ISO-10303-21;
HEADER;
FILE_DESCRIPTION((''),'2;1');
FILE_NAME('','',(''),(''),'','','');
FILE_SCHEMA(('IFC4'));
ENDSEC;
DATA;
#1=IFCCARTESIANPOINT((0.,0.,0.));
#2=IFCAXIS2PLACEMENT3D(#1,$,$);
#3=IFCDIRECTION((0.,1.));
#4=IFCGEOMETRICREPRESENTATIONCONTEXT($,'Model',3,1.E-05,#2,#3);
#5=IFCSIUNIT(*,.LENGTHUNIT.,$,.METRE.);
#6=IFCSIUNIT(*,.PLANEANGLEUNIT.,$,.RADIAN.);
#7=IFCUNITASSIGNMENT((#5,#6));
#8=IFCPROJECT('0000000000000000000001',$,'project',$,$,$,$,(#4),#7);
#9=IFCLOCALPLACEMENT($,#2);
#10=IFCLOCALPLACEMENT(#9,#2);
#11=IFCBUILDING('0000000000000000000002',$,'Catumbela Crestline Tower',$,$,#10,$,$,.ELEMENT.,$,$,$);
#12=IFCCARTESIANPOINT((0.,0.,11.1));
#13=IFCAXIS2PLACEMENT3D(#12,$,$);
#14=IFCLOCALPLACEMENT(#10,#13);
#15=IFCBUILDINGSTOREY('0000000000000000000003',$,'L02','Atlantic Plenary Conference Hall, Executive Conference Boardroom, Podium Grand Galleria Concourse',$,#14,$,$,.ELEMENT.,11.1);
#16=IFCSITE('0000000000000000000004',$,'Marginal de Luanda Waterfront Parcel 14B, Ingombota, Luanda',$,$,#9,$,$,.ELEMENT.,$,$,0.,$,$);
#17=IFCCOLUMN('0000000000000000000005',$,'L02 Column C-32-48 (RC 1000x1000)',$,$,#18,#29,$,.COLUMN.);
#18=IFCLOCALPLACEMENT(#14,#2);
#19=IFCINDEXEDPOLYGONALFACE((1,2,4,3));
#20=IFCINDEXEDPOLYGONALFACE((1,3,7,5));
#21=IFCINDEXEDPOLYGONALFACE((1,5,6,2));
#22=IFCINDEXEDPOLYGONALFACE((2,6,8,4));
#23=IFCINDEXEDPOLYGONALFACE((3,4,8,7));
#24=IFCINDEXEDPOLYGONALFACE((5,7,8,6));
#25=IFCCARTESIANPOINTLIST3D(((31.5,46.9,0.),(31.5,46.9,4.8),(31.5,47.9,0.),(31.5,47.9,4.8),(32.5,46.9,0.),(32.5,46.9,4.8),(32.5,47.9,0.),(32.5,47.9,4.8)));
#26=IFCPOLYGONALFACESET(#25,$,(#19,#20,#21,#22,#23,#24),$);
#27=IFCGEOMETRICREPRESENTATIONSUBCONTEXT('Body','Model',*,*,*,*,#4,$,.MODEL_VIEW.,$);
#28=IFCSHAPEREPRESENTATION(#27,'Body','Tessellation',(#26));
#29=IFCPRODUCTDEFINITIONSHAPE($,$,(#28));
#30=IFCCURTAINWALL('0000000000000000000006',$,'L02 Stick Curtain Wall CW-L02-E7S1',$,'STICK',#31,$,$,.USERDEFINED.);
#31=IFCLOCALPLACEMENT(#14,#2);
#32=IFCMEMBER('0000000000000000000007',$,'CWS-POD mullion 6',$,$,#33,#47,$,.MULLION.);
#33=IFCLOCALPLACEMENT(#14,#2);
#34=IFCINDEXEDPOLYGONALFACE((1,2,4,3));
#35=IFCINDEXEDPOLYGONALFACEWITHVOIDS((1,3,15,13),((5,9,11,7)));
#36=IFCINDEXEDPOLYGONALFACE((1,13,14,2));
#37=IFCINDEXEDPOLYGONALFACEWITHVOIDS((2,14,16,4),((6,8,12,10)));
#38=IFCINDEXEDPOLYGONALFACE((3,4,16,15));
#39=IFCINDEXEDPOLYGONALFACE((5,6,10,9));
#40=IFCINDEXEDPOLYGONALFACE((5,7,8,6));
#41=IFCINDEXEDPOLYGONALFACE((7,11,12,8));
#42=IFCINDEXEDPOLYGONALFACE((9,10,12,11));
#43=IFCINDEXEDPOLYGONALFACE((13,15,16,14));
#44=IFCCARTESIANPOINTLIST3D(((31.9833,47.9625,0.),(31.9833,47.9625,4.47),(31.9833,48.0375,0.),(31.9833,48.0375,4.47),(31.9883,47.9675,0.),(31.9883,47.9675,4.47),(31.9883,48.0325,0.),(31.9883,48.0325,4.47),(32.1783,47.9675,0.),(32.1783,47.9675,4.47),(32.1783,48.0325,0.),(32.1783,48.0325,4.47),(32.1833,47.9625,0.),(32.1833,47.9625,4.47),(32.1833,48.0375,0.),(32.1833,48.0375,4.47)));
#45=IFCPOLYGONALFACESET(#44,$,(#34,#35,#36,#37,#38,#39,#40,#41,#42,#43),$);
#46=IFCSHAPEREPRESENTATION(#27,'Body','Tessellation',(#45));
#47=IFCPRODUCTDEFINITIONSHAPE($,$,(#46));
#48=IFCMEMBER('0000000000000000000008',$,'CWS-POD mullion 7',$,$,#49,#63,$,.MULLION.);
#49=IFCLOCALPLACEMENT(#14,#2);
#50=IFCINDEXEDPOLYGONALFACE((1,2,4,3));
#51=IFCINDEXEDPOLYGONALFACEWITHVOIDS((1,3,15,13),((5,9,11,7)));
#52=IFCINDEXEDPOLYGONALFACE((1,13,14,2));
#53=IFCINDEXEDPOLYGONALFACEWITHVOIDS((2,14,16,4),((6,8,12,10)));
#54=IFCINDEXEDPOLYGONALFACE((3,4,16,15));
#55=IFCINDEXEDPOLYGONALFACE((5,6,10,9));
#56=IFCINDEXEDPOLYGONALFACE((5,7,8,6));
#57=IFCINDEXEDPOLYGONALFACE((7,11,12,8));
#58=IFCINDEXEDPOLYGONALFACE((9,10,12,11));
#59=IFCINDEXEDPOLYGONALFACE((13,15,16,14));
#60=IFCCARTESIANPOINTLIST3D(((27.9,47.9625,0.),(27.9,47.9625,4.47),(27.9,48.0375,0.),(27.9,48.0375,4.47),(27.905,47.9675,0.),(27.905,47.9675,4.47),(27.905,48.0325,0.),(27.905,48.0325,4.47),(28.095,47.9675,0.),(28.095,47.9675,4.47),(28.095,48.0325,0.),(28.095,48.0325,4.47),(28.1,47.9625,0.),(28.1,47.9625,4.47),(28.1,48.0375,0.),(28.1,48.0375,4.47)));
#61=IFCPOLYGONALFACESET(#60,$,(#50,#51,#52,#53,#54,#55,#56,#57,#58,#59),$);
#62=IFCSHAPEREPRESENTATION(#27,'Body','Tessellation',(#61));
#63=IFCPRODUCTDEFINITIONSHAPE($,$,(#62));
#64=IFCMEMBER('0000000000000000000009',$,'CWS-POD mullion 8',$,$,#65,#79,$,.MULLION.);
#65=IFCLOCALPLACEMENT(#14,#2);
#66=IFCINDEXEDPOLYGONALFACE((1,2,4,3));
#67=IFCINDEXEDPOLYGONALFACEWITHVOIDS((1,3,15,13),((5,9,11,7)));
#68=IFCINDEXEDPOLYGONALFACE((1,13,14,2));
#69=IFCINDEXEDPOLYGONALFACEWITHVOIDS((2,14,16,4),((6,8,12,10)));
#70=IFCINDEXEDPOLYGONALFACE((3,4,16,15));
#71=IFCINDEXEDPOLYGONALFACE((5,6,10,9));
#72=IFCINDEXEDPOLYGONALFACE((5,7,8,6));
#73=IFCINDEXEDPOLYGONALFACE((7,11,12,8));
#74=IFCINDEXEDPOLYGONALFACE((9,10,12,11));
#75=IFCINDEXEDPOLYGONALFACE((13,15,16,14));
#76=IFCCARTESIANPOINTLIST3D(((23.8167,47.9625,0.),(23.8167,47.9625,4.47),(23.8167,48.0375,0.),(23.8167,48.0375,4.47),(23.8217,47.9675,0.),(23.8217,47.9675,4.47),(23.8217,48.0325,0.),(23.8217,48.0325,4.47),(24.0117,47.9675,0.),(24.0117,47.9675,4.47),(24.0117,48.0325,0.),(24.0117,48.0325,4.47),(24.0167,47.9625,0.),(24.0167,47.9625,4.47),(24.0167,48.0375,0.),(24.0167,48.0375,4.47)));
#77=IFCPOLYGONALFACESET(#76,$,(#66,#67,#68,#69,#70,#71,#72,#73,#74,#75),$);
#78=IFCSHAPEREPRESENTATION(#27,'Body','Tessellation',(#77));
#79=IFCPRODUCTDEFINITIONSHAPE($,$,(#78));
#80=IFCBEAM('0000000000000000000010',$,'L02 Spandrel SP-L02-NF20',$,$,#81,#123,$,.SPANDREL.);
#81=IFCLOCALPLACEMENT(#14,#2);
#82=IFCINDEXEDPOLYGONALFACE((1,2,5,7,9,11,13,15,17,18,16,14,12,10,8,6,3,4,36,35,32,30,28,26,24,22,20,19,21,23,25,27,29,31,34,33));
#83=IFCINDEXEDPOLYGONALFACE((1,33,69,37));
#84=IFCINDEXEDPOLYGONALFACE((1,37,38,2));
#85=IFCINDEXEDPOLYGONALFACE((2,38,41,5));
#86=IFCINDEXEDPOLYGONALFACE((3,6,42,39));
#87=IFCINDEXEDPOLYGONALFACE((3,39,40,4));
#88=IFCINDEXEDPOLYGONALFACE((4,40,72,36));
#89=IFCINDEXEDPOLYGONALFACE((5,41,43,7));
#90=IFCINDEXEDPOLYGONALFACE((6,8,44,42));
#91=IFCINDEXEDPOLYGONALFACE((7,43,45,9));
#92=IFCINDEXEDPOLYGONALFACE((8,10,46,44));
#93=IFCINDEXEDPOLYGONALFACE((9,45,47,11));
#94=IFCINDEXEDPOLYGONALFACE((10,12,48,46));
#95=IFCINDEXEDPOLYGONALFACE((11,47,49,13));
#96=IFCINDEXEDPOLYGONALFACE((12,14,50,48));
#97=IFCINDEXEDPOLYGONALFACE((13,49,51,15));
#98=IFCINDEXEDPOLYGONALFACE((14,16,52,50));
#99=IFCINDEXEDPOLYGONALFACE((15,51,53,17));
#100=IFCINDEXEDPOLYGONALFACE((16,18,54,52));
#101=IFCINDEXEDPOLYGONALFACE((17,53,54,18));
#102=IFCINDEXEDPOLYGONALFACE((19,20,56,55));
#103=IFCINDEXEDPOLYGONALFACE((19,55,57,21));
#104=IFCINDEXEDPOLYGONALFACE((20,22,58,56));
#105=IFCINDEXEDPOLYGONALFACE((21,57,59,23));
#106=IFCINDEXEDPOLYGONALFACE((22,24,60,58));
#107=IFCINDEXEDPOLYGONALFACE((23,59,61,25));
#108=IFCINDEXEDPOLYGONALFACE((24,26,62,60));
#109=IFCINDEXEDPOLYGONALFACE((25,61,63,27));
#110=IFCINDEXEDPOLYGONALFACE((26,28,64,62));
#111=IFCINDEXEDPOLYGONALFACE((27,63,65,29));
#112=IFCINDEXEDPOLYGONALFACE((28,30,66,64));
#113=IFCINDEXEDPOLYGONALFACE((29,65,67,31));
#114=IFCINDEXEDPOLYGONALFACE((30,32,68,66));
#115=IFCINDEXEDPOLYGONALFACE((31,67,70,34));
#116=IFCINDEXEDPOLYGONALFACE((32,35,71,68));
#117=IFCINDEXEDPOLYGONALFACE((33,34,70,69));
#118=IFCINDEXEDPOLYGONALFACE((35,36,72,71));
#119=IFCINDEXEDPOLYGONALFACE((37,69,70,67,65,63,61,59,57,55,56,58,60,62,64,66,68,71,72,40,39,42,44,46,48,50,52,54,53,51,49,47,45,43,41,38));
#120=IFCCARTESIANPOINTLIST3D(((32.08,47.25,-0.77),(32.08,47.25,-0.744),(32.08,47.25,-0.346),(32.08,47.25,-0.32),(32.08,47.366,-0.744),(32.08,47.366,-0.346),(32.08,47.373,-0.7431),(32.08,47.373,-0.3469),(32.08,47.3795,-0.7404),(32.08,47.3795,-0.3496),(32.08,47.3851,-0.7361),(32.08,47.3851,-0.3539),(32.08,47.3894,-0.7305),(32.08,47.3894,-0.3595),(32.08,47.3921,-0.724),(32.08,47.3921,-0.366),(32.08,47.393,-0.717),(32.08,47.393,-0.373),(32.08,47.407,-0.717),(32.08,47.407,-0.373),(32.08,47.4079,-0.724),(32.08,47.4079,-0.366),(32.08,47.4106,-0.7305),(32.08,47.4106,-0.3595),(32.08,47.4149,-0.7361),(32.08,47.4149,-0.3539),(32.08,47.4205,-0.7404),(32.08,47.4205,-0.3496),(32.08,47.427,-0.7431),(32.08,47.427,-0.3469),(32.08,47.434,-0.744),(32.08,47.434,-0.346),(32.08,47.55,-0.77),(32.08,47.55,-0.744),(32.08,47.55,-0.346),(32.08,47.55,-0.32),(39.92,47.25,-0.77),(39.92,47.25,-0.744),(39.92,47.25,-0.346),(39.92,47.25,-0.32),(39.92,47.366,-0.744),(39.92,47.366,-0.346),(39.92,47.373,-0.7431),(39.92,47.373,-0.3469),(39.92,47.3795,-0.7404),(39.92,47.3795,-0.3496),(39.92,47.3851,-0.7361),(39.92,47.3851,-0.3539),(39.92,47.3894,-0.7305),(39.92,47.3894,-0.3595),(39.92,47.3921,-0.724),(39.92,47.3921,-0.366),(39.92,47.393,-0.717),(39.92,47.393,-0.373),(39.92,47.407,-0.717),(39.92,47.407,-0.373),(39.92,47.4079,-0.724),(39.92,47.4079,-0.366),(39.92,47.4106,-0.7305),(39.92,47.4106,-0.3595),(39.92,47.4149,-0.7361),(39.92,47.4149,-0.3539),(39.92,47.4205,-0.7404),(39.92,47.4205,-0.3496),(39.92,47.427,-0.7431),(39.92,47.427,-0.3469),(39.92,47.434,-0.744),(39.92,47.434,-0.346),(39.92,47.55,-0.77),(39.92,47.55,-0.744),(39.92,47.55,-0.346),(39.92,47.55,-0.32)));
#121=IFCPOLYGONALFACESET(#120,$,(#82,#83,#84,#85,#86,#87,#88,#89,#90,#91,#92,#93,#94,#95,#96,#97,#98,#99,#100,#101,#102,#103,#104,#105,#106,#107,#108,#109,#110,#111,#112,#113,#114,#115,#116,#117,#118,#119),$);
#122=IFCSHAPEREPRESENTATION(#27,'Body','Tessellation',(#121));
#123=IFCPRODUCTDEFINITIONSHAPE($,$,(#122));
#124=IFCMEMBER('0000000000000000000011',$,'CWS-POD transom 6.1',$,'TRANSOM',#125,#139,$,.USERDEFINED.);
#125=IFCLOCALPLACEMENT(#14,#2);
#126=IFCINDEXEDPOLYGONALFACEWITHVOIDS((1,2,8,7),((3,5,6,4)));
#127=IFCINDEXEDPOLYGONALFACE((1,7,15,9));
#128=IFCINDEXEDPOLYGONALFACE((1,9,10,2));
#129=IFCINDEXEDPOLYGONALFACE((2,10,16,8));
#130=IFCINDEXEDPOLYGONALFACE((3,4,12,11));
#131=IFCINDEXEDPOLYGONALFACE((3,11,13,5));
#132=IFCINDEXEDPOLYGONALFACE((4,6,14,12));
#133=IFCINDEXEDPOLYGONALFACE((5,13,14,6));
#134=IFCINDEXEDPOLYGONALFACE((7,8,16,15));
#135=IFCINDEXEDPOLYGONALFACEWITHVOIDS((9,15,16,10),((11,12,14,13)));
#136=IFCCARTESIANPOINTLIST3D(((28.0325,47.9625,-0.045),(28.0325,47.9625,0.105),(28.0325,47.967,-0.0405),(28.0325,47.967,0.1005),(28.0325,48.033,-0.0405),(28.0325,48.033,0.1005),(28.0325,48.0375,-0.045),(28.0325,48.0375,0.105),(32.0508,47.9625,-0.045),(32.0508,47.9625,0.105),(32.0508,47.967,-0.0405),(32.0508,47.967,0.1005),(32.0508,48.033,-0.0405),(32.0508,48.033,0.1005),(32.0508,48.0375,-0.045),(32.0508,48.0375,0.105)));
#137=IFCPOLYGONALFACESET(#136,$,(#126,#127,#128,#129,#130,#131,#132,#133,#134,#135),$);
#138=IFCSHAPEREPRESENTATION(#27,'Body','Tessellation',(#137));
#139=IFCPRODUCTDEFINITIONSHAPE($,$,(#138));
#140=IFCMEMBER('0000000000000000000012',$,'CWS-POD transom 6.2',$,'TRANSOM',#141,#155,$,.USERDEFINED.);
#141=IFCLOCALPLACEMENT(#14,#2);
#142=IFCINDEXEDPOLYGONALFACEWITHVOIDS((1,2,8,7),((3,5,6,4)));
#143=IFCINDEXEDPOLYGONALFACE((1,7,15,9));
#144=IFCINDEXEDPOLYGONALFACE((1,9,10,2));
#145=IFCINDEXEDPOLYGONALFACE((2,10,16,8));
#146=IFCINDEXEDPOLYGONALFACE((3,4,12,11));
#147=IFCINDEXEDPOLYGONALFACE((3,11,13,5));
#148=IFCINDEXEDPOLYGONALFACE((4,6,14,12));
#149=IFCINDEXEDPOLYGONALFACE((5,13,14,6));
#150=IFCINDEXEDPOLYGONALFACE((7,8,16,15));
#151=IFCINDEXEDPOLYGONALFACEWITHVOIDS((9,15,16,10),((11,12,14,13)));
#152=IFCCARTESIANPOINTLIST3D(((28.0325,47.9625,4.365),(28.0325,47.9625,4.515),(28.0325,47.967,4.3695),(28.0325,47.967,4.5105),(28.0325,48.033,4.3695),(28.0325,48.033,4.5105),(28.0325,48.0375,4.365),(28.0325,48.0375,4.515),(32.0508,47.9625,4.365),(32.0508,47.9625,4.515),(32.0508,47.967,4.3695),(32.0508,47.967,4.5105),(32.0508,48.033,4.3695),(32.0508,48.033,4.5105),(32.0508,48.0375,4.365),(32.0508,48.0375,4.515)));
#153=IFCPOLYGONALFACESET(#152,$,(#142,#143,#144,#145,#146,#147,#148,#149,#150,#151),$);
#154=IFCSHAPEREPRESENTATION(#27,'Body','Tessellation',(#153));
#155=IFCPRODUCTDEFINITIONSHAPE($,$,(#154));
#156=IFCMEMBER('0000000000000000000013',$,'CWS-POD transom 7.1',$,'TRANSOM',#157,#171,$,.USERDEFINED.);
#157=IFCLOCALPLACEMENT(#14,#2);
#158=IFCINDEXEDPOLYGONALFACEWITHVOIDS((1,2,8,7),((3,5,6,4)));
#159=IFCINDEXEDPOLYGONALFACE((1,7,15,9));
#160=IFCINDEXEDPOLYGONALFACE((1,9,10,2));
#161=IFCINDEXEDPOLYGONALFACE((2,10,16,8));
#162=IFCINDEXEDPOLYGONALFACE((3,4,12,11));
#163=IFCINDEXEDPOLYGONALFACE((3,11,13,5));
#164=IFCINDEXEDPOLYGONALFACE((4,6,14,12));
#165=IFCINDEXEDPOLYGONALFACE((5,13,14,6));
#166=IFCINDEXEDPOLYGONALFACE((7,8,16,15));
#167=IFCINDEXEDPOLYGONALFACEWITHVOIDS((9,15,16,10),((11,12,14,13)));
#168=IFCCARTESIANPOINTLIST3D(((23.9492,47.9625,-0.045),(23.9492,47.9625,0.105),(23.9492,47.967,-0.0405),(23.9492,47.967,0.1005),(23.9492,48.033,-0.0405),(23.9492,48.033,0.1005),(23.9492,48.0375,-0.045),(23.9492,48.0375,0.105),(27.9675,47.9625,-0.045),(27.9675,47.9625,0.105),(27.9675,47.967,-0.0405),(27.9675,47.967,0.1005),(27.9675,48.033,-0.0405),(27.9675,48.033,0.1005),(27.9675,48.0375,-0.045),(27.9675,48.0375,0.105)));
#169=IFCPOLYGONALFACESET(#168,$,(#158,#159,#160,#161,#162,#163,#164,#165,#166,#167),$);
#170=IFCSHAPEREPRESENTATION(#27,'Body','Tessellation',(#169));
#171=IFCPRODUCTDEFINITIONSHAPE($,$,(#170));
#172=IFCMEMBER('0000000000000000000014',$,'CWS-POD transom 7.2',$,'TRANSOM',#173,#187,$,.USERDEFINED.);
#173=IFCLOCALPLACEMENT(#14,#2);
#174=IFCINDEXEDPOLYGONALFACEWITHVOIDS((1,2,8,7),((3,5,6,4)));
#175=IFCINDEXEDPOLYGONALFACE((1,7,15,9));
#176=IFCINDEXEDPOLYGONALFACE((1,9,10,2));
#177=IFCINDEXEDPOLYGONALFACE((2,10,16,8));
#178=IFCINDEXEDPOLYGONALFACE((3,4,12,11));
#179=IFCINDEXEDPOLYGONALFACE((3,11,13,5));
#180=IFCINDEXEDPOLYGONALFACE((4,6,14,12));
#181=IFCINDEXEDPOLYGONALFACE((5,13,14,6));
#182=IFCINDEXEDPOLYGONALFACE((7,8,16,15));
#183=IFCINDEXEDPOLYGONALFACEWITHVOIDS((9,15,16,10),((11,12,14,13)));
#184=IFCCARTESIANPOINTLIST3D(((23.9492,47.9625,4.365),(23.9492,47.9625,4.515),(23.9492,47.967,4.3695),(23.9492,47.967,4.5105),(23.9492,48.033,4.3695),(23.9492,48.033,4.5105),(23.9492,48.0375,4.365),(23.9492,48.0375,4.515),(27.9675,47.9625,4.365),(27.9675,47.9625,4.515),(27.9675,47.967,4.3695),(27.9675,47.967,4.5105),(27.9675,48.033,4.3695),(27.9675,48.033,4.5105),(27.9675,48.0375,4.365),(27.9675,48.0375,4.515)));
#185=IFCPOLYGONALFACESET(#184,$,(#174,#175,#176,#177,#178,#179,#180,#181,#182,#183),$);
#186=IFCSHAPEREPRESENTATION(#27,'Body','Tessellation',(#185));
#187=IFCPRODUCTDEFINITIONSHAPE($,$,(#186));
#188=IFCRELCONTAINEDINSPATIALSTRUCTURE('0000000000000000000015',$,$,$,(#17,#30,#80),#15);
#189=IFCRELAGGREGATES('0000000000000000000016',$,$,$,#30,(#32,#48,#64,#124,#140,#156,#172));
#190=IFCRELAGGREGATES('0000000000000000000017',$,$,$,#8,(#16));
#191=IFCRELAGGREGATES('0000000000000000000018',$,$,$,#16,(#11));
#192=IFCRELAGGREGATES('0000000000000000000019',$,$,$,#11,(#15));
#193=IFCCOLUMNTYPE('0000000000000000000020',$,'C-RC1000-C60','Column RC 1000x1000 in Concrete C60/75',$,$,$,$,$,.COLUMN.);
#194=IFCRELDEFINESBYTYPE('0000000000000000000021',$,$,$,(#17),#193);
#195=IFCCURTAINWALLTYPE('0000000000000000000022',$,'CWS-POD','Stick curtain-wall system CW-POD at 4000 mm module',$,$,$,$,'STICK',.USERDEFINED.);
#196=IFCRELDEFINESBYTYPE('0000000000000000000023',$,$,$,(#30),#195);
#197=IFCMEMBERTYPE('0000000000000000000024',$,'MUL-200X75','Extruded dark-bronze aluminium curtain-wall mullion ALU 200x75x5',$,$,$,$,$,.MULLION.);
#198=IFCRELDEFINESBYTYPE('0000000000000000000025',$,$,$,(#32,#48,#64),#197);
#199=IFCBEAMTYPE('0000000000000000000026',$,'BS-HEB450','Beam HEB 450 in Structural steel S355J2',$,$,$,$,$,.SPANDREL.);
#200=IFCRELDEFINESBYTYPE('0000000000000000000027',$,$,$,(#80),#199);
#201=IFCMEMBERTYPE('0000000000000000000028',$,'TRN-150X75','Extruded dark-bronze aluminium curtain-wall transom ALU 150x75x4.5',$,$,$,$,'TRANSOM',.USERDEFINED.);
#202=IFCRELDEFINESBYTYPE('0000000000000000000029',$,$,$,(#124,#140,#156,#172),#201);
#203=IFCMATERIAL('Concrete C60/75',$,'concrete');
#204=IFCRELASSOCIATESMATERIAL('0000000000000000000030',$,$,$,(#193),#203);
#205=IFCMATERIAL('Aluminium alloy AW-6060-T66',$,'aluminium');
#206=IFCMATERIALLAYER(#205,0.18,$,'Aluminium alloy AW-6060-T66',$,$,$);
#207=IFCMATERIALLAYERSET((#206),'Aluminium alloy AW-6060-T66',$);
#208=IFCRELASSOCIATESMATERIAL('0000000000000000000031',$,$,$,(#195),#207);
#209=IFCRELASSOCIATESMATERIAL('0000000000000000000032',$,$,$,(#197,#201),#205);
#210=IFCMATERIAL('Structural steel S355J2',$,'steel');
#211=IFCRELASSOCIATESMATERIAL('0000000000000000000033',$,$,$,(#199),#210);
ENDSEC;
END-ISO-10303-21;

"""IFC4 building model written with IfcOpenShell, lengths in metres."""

from ifc_helpers import new_model, si_unit, direction, frame, origin, origin_2d, place, context, subcontext, project, spatial, rectangle, hollow_rectangle, i_section, extrude, material, layer, layer_set, material_profile, profile_set, type_object, element, aggregate, save


model = new_model("IFC4")

# Units and contexts
model_context = context("Model", 3, precision=1e-05, world=origin(), true_north=direction((0.0, 1.0)))
body_context = subcontext(model_context, "Body", "Model", "MODEL_VIEW")
ifc_project = project(units=[si_unit("LENGTHUNIT", "METRE"), si_unit("PLANEANGLEUNIT", "RADIAN")], contexts=[model_context])

# Site, building, storey
site_placement = place(None, origin())
site = spatial("IfcSite", under=ifc_project, at=site_placement, Name="Marginal de Luanda Waterfront Parcel 14B, Ingombota, Luanda", CompositionType="ELEMENT", RefElevation=0.0)
building_placement = place(site_placement, origin())
building = spatial("IfcBuilding", under=site, at=building_placement, Name="Catumbela Crestline Tower", CompositionType="ELEMENT")
storey_placement = place(building_placement, frame((0.0, 0.0, 11.1)))
storey = spatial("IfcBuildingStorey", under=building, at=storey_placement, Name="L02", Description="Atlantic Plenary Conference Hall, Executive Conference Boardroom, Podium Grand Galleria Concourse", CompositionType="ELEMENT", Elevation=11.1)

# Column
ifc_material_1 = material(Name="Concrete C60/75", Category="concrete")
ifc_material_profile_1 = material_profile(ifc_material_1, rectangle(XDim=1.0, YDim=1.0, at=origin_2d()), Name="RC 1000x1000")
ifc_profile_set_1 = profile_set([ifc_material_profile_1], Name="Concrete C60/75")
column_type = type_object("IfcColumnType", Name="C-RC1000-C60", Description="Column RC 1000x1000 in Concrete C60/75", PredefinedType="COLUMN", material=ifc_profile_set_1)
column_placement = place(storey_placement, frame((32.0, 47.4, 0.0), z_axis=(0.0, 0.0, 1.0), x_axis=(1.0, 0.0, 0.0)))
element("IfcColumn", 1, at=column_placement, inside=storey, type_object=column_type, Name="L02 Column C-32-48 (RC 1000x1000)", PredefinedType="COLUMN", context=body_context, shape_type="SweptSolid", body=[
    extrude(rectangle(XDim=1.0, YDim=1.0, at=origin_2d()), origin(), (0.0, 0.0, 1.0), 4.8),
])

# Curtain wall, members
ifc_material_2 = material(Name="Aluminium alloy AW-6060-T66", Category="aluminium")
ifc_layer_1 = layer(ifc_material_2, 0.18, Name="Aluminium alloy AW-6060-T66")
ifc_layer_set_1 = layer_set([ifc_layer_1], Name="Aluminium alloy AW-6060-T66")
curtain_wall_type = type_object("IfcCurtainWallType", Name="CWS-POD", Description="Stick curtain-wall system CW-POD at 4000 mm module", ElementType="STICK", PredefinedType="USERDEFINED", material=ifc_layer_set_1)
curtain_wall_placement = place(storey_placement, origin())
curtain_wall = element("IfcCurtainWall", 2, at=curtain_wall_placement, inside=storey, type_object=curtain_wall_type, Name="L02 Stick Curtain Wall CW-L02-E7S1", ObjectType="STICK", PredefinedType="USERDEFINED")
ifc_material_profile_2 = material_profile(ifc_material_2, hollow_rectangle(XDim=0.075, YDim=0.2, WallThickness=0.005, at=origin_2d()), Name="ALU 200x75x5")
ifc_profile_set_2 = profile_set([ifc_material_profile_2], Name="Aluminium alloy AW-6060-T66")
member_type_1 = type_object("IfcMemberType", Name="MUL-200X75", Description="Extruded dark-bronze aluminium curtain-wall mullion ALU 200x75x5", PredefinedType="MULLION", material=ifc_profile_set_2)
member_1_placement = place(storey_placement, frame((32.0833, 48.0, 0.0), z_axis=(0.0, 0.0, 1.0), x_axis=(0.0, -1.0, 0.0)))
member_1 = element("IfcMember", 3, at=member_1_placement, type_object=member_type_1, Name="CWS-POD mullion 6", PredefinedType="MULLION", context=body_context, shape_type="SweptSolid", body=[
    extrude(hollow_rectangle(XDim=0.075, YDim=0.2, WallThickness=0.005, at=origin_2d()), origin(), (0.0, 0.0, 1.0), 4.47),
])
member_2_placement = place(storey_placement, frame((28.0, 48.0, 0.0), z_axis=(0.0, 0.0, 1.0), x_axis=(0.0, -1.0, 0.0)))
member_2 = element("IfcMember", 4, at=member_2_placement, type_object=member_type_1, Name="CWS-POD mullion 7", PredefinedType="MULLION", context=body_context, shape_type="SweptSolid", body=[
    extrude(hollow_rectangle(XDim=0.075, YDim=0.2, WallThickness=0.005, at=origin_2d()), origin(), (0.0, 0.0, 1.0), 4.47),
])
member_3_placement = place(storey_placement, frame((23.9167, 48.0, 0.0), z_axis=(0.0, 0.0, 1.0), x_axis=(0.0, -1.0, 0.0)))
member_3 = element("IfcMember", 5, at=member_3_placement, type_object=member_type_1, Name="CWS-POD mullion 8", PredefinedType="MULLION", context=body_context, shape_type="SweptSolid", body=[
    extrude(hollow_rectangle(XDim=0.075, YDim=0.2, WallThickness=0.005, at=origin_2d()), origin(), (0.0, 0.0, 1.0), 4.47),
])

# Beam
ifc_material_3 = material(Name="Structural steel S355J2", Category="steel")
ifc_material_profile_3 = material_profile(ifc_material_3, i_section(OverallWidth=0.3, OverallDepth=0.45, WebThickness=0.014, FlangeThickness=0.026, FilletRadius=0.027, at=origin_2d()), Name="HEB 450")
ifc_profile_set_3 = profile_set([ifc_material_profile_3], Name="Structural steel S355J2")
beam_type = type_object("IfcBeamType", Name="BS-HEB450", Description="Beam HEB 450 in Structural steel S355J2", PredefinedType="SPANDREL", material=ifc_profile_set_3)
beam_placement = place(storey_placement, frame((32.08, 47.4, -0.545), z_axis=(1.0, 0.0, 0.0), x_axis=(0.0, 1.0, 0.0)))
element("IfcBeam", 6, at=beam_placement, inside=storey, type_object=beam_type, Name="L02 Spandrel SP-L02-NF20", PredefinedType="SPANDREL", context=body_context, shape_type="SweptSolid", body=[
    extrude(i_section(OverallWidth=0.3, OverallDepth=0.45, WebThickness=0.014, FlangeThickness=0.026, FilletRadius=0.027, at=origin_2d()), origin(), (0.0, 0.0, 1.0), 7.84),
])

# Members
ifc_material_profile_4 = material_profile(ifc_material_2, hollow_rectangle(XDim=0.075, YDim=0.15, WallThickness=0.0045, at=origin_2d()), Name="ALU 150x75x4.5")
ifc_profile_set_4 = profile_set([ifc_material_profile_4], Name="Aluminium alloy AW-6060-T66")
member_type_2 = type_object("IfcMemberType", Name="TRN-150X75", Description="Extruded dark-bronze aluminium curtain-wall transom ALU 150x75x4.5", ElementType="TRANSOM", PredefinedType="USERDEFINED", material=ifc_profile_set_4)
member_4_placement = place(storey_placement, frame((32.0508, 48.0, 0.03), z_axis=(-1.0, 0.0, 0.0), x_axis=(0.0, -1.0, 0.0)))
member_4 = element("IfcMember", 7, at=member_4_placement, type_object=member_type_2, Name="CWS-POD transom 6.1", ObjectType="TRANSOM", PredefinedType="USERDEFINED", context=body_context, shape_type="SweptSolid", body=[
    extrude(hollow_rectangle(XDim=0.075, YDim=0.15, WallThickness=0.0045, at=origin_2d()), origin(), (0.0, 0.0, 1.0), 4.0183),
])
member_5_placement = place(storey_placement, frame((32.0508, 48.0, 4.44), z_axis=(-1.0, 0.0, 0.0), x_axis=(0.0, -1.0, 0.0)))
member_5 = element("IfcMember", 8, at=member_5_placement, type_object=member_type_2, Name="CWS-POD transom 6.2", ObjectType="TRANSOM", PredefinedType="USERDEFINED", context=body_context, shape_type="SweptSolid", body=[
    extrude(hollow_rectangle(XDim=0.075, YDim=0.15, WallThickness=0.0045, at=origin_2d()), origin(), (0.0, 0.0, 1.0), 4.0183),
])
member_6_placement = place(storey_placement, frame((27.9675, 48.0, 0.03), z_axis=(-1.0, 0.0, 0.0), x_axis=(0.0, -1.0, 0.0)))
member_6 = element("IfcMember", 9, at=member_6_placement, type_object=member_type_2, Name="CWS-POD transom 7.1", ObjectType="TRANSOM", PredefinedType="USERDEFINED", context=body_context, shape_type="SweptSolid", body=[
    extrude(hollow_rectangle(XDim=0.075, YDim=0.15, WallThickness=0.0045, at=origin_2d()), origin(), (0.0, 0.0, 1.0), 4.0183),
])
member_7_placement = place(storey_placement, frame((27.9675, 48.0, 4.44), z_axis=(-1.0, 0.0, 0.0), x_axis=(0.0, -1.0, 0.0)))
member_7 = element("IfcMember", 10, at=member_7_placement, type_object=member_type_2, Name="CWS-POD transom 7.2", ObjectType="TRANSOM", PredefinedType="USERDEFINED", context=body_context, shape_type="SweptSolid", body=[
    extrude(hollow_rectangle(XDim=0.075, YDim=0.15, WallThickness=0.0045, at=origin_2d()), origin(), (0.0, 0.0, 1.0), 4.0183),
])

aggregate(curtain_wall, [member_1, member_2, member_3, member_4, member_5, member_6, member_7])

save(model, "model.ifc")
